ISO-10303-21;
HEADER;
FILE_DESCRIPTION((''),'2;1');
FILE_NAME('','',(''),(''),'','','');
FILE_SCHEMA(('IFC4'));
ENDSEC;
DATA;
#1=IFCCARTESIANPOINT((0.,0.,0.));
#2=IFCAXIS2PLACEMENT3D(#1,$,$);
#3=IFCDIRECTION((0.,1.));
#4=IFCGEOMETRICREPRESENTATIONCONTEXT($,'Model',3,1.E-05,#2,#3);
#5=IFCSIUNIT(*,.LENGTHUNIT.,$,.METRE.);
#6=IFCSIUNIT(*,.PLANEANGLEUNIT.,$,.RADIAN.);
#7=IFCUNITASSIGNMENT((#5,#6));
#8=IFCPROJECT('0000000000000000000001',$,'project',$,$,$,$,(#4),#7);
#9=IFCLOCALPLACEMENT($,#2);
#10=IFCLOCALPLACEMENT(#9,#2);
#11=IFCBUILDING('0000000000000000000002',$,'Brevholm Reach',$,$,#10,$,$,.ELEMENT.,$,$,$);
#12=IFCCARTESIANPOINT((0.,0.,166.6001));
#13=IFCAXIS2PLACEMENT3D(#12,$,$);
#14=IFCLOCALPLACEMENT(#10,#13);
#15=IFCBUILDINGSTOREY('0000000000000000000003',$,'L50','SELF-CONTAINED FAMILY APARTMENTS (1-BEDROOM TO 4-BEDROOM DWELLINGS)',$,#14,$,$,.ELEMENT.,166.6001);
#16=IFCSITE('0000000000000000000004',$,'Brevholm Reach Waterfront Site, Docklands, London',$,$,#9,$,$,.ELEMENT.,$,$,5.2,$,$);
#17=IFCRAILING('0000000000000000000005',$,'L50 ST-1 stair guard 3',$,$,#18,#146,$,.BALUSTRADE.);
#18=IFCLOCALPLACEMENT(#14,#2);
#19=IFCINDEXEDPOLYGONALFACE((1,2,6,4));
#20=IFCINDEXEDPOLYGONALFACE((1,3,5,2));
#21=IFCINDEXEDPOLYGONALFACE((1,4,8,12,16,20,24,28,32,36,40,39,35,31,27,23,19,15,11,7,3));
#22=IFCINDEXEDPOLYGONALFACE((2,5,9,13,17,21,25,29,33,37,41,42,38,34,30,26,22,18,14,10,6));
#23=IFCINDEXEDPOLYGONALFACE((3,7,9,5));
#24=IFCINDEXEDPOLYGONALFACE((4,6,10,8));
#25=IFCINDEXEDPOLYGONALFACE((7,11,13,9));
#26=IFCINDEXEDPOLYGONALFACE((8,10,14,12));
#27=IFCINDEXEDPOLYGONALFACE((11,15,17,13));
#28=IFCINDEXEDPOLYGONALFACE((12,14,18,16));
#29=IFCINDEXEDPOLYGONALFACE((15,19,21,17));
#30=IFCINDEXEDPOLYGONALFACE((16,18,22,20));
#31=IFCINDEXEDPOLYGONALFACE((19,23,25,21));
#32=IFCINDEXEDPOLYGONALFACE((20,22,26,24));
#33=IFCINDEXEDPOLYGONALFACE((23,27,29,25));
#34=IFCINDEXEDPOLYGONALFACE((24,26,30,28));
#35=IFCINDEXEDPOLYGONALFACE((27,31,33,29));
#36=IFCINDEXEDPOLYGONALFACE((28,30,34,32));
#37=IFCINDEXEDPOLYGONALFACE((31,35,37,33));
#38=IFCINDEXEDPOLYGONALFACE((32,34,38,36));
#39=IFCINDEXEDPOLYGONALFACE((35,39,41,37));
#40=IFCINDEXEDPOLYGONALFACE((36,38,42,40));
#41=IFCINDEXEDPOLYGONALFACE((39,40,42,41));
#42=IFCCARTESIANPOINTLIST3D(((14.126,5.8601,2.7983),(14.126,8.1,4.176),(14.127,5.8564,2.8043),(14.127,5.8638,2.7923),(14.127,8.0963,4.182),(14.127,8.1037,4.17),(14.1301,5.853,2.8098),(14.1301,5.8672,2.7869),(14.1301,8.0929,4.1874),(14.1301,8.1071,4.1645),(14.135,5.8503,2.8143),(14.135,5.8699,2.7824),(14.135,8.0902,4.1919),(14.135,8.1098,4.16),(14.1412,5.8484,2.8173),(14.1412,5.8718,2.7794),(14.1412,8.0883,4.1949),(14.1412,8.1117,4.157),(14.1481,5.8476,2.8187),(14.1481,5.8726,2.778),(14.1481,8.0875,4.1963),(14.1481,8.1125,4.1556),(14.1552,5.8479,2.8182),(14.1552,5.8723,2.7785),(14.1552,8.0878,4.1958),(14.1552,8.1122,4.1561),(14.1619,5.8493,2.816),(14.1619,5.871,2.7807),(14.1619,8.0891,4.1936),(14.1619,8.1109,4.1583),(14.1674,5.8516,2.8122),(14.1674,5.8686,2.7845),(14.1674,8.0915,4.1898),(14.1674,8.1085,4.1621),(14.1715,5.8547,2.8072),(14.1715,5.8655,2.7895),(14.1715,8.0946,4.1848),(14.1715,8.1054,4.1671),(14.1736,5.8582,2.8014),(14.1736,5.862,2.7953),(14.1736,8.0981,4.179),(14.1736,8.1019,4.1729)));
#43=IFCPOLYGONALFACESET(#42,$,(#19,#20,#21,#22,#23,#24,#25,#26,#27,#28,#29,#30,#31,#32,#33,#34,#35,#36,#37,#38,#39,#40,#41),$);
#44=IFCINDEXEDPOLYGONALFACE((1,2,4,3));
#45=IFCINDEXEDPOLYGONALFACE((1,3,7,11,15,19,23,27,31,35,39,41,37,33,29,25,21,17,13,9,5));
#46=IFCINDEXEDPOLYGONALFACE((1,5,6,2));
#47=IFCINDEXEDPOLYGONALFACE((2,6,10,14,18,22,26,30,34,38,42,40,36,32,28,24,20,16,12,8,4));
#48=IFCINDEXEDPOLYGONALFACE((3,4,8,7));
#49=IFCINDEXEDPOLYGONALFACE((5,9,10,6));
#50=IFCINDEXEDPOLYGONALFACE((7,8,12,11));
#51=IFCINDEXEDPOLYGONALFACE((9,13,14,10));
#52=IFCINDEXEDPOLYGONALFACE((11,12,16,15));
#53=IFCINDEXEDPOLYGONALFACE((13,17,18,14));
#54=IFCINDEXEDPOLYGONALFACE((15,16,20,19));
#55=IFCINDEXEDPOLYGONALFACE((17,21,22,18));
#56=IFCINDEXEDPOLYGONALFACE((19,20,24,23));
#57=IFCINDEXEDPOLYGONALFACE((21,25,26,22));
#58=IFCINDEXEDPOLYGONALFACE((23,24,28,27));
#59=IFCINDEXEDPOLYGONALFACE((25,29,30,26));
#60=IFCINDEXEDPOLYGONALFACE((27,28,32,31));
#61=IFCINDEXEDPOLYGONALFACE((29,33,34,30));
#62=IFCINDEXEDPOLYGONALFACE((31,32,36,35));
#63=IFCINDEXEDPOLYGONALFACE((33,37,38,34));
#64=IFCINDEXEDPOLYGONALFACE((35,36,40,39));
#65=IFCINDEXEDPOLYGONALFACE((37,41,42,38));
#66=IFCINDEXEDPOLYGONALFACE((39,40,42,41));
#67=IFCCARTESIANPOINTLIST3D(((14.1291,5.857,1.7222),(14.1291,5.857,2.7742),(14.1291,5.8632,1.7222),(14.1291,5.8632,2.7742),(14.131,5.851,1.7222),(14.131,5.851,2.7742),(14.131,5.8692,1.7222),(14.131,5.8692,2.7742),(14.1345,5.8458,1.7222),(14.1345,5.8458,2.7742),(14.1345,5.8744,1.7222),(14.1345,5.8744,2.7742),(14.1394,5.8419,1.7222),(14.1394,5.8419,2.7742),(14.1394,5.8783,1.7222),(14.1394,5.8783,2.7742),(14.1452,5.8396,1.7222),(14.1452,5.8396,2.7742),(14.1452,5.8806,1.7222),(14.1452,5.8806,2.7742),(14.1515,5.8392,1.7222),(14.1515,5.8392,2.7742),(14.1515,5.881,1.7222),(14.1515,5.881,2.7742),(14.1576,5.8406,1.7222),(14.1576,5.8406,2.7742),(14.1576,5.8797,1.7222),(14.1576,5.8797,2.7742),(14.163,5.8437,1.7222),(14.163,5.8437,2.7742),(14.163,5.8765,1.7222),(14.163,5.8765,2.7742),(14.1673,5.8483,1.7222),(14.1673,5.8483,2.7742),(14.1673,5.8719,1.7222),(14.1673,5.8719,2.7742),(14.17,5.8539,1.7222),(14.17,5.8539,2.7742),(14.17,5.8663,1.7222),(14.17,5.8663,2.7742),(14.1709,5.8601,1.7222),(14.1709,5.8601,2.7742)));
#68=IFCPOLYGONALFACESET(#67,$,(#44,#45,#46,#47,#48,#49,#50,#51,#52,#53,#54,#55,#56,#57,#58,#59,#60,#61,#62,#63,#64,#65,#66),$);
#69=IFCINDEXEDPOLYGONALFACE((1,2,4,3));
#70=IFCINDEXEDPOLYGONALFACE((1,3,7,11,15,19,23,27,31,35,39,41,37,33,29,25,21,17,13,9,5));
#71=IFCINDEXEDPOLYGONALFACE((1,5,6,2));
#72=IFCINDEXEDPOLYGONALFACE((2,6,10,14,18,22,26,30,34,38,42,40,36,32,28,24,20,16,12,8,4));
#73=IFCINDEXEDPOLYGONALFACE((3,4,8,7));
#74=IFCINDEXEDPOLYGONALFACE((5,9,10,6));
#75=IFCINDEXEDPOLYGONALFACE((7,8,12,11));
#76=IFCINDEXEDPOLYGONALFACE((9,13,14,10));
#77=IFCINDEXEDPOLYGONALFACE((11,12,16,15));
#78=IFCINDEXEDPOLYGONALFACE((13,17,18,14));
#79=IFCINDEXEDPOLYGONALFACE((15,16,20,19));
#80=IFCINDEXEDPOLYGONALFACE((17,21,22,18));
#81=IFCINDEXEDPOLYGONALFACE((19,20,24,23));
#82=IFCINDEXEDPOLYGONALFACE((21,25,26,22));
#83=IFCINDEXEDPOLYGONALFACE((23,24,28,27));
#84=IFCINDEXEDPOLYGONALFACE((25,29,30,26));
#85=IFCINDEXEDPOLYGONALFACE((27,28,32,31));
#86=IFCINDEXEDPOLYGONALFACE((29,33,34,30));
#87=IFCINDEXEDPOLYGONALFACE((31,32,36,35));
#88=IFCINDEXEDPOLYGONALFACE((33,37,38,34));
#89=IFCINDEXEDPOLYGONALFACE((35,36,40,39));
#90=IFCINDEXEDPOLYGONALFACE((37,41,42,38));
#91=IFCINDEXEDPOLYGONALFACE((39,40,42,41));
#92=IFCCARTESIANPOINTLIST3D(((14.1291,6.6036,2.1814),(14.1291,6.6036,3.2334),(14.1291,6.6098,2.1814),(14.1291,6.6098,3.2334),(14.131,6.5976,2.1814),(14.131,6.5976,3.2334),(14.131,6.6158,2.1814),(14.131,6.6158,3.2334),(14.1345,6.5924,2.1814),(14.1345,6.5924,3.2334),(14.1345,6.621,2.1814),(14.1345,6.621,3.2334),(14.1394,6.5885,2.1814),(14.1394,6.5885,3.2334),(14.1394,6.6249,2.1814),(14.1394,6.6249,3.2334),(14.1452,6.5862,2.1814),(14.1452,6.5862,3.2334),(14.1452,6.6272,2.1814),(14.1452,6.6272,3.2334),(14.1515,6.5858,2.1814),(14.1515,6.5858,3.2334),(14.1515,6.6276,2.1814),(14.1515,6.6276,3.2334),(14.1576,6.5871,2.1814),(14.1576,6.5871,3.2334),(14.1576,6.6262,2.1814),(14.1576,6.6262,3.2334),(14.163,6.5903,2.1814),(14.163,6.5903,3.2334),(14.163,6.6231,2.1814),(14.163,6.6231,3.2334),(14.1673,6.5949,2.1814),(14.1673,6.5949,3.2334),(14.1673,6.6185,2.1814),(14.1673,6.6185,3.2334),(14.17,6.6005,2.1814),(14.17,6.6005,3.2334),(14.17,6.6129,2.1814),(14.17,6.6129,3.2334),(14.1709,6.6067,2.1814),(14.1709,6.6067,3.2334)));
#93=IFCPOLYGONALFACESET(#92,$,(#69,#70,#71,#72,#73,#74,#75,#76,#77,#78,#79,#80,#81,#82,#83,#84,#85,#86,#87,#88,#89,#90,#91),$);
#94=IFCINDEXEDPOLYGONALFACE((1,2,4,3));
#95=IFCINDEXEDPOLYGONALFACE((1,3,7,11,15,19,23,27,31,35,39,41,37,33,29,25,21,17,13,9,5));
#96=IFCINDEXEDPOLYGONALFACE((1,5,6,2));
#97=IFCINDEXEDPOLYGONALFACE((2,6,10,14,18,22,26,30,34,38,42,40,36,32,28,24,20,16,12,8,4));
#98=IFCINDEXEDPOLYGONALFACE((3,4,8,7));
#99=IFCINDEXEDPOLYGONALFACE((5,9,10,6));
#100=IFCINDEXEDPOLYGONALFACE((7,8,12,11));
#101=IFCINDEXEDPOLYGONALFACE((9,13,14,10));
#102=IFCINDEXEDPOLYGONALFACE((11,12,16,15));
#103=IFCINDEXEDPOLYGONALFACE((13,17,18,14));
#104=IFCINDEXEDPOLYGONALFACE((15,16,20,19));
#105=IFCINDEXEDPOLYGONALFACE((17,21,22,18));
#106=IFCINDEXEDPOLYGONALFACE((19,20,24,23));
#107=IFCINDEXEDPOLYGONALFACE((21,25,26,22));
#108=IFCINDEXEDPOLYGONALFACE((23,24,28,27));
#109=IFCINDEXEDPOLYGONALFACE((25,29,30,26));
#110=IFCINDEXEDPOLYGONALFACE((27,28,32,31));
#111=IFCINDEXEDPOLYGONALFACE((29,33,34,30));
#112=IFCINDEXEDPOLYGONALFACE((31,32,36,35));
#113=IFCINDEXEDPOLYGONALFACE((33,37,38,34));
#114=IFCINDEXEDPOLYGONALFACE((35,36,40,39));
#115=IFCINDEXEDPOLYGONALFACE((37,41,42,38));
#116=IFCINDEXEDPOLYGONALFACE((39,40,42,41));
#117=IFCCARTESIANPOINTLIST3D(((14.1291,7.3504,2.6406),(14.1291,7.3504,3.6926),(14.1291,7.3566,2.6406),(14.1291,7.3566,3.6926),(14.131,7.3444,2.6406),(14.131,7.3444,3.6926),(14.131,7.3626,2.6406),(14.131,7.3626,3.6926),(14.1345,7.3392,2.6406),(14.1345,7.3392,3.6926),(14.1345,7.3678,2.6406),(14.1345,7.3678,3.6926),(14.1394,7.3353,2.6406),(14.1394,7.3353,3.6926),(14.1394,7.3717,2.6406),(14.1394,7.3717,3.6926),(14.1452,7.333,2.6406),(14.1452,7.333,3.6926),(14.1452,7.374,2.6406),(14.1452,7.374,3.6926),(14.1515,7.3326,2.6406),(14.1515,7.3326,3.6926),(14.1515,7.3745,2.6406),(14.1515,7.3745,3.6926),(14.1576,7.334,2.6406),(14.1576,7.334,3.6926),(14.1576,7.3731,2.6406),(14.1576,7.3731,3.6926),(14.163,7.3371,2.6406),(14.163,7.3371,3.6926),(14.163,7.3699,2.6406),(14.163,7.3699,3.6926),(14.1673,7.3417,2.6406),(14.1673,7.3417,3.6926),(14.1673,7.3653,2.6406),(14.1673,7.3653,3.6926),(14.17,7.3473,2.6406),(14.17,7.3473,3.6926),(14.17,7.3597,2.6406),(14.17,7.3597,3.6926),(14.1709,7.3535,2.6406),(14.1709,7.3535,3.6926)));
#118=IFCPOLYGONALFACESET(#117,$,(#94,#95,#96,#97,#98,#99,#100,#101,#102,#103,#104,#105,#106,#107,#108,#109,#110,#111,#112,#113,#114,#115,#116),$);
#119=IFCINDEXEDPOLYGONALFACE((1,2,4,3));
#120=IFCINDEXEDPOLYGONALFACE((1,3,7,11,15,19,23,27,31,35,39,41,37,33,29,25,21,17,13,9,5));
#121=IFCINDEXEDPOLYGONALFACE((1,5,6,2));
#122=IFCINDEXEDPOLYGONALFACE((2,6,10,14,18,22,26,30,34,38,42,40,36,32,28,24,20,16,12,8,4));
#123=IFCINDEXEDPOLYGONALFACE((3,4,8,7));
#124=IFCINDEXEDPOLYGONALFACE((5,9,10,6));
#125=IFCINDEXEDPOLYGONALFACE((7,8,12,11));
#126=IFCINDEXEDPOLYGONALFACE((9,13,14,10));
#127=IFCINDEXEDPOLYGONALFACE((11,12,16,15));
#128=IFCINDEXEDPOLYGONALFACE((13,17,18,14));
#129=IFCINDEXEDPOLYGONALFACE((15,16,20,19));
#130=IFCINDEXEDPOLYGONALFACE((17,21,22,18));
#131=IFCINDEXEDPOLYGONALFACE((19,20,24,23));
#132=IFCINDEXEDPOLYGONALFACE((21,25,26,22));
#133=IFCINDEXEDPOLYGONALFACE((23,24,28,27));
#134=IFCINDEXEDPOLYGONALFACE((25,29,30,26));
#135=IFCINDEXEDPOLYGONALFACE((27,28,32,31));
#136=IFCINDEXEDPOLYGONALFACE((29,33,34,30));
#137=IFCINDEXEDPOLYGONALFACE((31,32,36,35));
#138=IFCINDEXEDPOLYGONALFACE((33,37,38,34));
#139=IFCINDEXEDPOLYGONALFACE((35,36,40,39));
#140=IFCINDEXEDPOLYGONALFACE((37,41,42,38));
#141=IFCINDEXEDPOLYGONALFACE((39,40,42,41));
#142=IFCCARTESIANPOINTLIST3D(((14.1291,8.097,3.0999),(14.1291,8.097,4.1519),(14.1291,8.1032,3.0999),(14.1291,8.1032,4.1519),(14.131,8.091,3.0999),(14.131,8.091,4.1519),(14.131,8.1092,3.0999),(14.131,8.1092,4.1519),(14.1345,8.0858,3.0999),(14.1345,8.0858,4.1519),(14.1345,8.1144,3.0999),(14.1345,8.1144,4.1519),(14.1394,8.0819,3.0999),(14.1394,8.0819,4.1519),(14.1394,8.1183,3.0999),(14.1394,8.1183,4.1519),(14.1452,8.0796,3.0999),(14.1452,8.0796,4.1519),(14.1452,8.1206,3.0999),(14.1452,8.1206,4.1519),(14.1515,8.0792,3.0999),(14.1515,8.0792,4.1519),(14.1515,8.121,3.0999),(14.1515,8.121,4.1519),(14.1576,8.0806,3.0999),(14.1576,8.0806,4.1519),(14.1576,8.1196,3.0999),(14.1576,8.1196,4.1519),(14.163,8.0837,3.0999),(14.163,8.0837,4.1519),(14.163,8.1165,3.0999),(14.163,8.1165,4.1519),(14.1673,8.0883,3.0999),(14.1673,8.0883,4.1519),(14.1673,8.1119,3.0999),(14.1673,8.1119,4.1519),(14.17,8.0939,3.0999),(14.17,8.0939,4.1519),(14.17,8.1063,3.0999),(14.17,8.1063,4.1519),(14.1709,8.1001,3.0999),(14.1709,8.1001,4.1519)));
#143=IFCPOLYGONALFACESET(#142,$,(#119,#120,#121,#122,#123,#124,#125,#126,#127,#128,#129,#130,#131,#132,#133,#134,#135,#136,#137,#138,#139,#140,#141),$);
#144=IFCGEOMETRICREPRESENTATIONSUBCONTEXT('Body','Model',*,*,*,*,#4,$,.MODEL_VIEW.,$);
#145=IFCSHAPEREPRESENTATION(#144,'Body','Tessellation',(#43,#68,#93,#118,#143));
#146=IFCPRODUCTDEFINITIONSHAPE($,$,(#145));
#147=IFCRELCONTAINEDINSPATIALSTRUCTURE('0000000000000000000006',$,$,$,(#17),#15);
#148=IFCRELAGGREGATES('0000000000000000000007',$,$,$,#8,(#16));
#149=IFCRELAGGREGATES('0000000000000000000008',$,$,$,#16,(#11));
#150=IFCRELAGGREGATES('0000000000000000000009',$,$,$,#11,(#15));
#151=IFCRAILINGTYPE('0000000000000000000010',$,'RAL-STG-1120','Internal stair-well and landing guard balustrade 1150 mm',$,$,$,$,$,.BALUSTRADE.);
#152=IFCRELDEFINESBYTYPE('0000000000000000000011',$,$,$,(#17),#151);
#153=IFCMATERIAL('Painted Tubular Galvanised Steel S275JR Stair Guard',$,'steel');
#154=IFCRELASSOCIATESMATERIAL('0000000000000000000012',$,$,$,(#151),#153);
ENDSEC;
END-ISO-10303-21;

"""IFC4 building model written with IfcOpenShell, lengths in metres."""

from ifc_helpers import new_model, si_unit, direction, frame, origin, origin_2d, place, context, subcontext, project, spatial, circle, extrude, material, type_object, element, save


model = new_model("IFC4")

# Units and contexts
model_context = context("Model", 3, precision=1e-05, world=origin(), true_north=direction((0.0, 1.0)))
body_context = subcontext(model_context, "Body", "Model", "MODEL_VIEW")
ifc_project = project(units=[si_unit("LENGTHUNIT", "METRE"), si_unit("PLANEANGLEUNIT", "RADIAN")], contexts=[model_context])

# Site, building, storey
site_placement = place(None, origin())
site = spatial("IfcSite", under=ifc_project, at=site_placement, Name="Brevholm Reach Waterfront Site, Docklands, London", CompositionType="ELEMENT", RefElevation=5.2)
building_placement = place(site_placement, origin())
building = spatial("IfcBuilding", under=site, at=building_placement, Name="Brevholm Reach", CompositionType="ELEMENT")
storey_placement = place(building_placement, frame((0.0, 0.0, 166.6001)))
storey = spatial("IfcBuildingStorey", under=building, at=storey_placement, Name="L50", Description="SELF-CONTAINED FAMILY APARTMENTS (1-BEDROOM TO 4-BEDROOM DWELLINGS)", CompositionType="ELEMENT", Elevation=166.6001)

# Railing
ifc_material_1 = material(Name="Painted Tubular Galvanised Steel S275JR Stair Guard", Category="steel")
railing_type_1 = type_object("IfcRailingType", Name="RAL-STG-1120", Description="Internal stair-well and landing guard balustrade 1150 mm", PredefinedType="BALUSTRADE", material=ifc_material_1)
railing_1_placement = place(storey_placement, frame((14.1499, 5.8601, 1.7222)))
element("IfcRailing", 1, at=railing_1_placement, inside=storey, type_object=railing_type_1, Name="L50 ST-1 stair guard 3", PredefinedType="BALUSTRADE", context=body_context, shape_type="SweptSolid", body=[
    extrude(circle(Radius=0.0239, at=origin_2d()), frame((0.0, 0.0, 1.0762), z_axis=(0.0, 0.851789, 0.523885), x_axis=(-1.0, 0.0, 0.0)), (0.0, 0.0, 1.0), 2.6296),
    extrude(circle(Radius=0.021, at=origin_2d()), origin(), (0.0, 0.0, 1.0), 1.052),
    extrude(circle(Radius=0.021, at=origin_2d()), frame((0.0, 0.7466, 0.4592)), (0.0, 0.0, 1.0), 1.052),
    extrude(circle(Radius=0.021, at=origin_2d()), frame((0.0, 1.4934, 0.9185)), (0.0, 0.0, 1.0), 1.052),
    extrude(circle(Radius=0.021, at=origin_2d()), frame((0.0, 2.24, 1.3777)), (0.0, 0.0, 1.0), 1.052),
])

save(model, "model.ifc")
